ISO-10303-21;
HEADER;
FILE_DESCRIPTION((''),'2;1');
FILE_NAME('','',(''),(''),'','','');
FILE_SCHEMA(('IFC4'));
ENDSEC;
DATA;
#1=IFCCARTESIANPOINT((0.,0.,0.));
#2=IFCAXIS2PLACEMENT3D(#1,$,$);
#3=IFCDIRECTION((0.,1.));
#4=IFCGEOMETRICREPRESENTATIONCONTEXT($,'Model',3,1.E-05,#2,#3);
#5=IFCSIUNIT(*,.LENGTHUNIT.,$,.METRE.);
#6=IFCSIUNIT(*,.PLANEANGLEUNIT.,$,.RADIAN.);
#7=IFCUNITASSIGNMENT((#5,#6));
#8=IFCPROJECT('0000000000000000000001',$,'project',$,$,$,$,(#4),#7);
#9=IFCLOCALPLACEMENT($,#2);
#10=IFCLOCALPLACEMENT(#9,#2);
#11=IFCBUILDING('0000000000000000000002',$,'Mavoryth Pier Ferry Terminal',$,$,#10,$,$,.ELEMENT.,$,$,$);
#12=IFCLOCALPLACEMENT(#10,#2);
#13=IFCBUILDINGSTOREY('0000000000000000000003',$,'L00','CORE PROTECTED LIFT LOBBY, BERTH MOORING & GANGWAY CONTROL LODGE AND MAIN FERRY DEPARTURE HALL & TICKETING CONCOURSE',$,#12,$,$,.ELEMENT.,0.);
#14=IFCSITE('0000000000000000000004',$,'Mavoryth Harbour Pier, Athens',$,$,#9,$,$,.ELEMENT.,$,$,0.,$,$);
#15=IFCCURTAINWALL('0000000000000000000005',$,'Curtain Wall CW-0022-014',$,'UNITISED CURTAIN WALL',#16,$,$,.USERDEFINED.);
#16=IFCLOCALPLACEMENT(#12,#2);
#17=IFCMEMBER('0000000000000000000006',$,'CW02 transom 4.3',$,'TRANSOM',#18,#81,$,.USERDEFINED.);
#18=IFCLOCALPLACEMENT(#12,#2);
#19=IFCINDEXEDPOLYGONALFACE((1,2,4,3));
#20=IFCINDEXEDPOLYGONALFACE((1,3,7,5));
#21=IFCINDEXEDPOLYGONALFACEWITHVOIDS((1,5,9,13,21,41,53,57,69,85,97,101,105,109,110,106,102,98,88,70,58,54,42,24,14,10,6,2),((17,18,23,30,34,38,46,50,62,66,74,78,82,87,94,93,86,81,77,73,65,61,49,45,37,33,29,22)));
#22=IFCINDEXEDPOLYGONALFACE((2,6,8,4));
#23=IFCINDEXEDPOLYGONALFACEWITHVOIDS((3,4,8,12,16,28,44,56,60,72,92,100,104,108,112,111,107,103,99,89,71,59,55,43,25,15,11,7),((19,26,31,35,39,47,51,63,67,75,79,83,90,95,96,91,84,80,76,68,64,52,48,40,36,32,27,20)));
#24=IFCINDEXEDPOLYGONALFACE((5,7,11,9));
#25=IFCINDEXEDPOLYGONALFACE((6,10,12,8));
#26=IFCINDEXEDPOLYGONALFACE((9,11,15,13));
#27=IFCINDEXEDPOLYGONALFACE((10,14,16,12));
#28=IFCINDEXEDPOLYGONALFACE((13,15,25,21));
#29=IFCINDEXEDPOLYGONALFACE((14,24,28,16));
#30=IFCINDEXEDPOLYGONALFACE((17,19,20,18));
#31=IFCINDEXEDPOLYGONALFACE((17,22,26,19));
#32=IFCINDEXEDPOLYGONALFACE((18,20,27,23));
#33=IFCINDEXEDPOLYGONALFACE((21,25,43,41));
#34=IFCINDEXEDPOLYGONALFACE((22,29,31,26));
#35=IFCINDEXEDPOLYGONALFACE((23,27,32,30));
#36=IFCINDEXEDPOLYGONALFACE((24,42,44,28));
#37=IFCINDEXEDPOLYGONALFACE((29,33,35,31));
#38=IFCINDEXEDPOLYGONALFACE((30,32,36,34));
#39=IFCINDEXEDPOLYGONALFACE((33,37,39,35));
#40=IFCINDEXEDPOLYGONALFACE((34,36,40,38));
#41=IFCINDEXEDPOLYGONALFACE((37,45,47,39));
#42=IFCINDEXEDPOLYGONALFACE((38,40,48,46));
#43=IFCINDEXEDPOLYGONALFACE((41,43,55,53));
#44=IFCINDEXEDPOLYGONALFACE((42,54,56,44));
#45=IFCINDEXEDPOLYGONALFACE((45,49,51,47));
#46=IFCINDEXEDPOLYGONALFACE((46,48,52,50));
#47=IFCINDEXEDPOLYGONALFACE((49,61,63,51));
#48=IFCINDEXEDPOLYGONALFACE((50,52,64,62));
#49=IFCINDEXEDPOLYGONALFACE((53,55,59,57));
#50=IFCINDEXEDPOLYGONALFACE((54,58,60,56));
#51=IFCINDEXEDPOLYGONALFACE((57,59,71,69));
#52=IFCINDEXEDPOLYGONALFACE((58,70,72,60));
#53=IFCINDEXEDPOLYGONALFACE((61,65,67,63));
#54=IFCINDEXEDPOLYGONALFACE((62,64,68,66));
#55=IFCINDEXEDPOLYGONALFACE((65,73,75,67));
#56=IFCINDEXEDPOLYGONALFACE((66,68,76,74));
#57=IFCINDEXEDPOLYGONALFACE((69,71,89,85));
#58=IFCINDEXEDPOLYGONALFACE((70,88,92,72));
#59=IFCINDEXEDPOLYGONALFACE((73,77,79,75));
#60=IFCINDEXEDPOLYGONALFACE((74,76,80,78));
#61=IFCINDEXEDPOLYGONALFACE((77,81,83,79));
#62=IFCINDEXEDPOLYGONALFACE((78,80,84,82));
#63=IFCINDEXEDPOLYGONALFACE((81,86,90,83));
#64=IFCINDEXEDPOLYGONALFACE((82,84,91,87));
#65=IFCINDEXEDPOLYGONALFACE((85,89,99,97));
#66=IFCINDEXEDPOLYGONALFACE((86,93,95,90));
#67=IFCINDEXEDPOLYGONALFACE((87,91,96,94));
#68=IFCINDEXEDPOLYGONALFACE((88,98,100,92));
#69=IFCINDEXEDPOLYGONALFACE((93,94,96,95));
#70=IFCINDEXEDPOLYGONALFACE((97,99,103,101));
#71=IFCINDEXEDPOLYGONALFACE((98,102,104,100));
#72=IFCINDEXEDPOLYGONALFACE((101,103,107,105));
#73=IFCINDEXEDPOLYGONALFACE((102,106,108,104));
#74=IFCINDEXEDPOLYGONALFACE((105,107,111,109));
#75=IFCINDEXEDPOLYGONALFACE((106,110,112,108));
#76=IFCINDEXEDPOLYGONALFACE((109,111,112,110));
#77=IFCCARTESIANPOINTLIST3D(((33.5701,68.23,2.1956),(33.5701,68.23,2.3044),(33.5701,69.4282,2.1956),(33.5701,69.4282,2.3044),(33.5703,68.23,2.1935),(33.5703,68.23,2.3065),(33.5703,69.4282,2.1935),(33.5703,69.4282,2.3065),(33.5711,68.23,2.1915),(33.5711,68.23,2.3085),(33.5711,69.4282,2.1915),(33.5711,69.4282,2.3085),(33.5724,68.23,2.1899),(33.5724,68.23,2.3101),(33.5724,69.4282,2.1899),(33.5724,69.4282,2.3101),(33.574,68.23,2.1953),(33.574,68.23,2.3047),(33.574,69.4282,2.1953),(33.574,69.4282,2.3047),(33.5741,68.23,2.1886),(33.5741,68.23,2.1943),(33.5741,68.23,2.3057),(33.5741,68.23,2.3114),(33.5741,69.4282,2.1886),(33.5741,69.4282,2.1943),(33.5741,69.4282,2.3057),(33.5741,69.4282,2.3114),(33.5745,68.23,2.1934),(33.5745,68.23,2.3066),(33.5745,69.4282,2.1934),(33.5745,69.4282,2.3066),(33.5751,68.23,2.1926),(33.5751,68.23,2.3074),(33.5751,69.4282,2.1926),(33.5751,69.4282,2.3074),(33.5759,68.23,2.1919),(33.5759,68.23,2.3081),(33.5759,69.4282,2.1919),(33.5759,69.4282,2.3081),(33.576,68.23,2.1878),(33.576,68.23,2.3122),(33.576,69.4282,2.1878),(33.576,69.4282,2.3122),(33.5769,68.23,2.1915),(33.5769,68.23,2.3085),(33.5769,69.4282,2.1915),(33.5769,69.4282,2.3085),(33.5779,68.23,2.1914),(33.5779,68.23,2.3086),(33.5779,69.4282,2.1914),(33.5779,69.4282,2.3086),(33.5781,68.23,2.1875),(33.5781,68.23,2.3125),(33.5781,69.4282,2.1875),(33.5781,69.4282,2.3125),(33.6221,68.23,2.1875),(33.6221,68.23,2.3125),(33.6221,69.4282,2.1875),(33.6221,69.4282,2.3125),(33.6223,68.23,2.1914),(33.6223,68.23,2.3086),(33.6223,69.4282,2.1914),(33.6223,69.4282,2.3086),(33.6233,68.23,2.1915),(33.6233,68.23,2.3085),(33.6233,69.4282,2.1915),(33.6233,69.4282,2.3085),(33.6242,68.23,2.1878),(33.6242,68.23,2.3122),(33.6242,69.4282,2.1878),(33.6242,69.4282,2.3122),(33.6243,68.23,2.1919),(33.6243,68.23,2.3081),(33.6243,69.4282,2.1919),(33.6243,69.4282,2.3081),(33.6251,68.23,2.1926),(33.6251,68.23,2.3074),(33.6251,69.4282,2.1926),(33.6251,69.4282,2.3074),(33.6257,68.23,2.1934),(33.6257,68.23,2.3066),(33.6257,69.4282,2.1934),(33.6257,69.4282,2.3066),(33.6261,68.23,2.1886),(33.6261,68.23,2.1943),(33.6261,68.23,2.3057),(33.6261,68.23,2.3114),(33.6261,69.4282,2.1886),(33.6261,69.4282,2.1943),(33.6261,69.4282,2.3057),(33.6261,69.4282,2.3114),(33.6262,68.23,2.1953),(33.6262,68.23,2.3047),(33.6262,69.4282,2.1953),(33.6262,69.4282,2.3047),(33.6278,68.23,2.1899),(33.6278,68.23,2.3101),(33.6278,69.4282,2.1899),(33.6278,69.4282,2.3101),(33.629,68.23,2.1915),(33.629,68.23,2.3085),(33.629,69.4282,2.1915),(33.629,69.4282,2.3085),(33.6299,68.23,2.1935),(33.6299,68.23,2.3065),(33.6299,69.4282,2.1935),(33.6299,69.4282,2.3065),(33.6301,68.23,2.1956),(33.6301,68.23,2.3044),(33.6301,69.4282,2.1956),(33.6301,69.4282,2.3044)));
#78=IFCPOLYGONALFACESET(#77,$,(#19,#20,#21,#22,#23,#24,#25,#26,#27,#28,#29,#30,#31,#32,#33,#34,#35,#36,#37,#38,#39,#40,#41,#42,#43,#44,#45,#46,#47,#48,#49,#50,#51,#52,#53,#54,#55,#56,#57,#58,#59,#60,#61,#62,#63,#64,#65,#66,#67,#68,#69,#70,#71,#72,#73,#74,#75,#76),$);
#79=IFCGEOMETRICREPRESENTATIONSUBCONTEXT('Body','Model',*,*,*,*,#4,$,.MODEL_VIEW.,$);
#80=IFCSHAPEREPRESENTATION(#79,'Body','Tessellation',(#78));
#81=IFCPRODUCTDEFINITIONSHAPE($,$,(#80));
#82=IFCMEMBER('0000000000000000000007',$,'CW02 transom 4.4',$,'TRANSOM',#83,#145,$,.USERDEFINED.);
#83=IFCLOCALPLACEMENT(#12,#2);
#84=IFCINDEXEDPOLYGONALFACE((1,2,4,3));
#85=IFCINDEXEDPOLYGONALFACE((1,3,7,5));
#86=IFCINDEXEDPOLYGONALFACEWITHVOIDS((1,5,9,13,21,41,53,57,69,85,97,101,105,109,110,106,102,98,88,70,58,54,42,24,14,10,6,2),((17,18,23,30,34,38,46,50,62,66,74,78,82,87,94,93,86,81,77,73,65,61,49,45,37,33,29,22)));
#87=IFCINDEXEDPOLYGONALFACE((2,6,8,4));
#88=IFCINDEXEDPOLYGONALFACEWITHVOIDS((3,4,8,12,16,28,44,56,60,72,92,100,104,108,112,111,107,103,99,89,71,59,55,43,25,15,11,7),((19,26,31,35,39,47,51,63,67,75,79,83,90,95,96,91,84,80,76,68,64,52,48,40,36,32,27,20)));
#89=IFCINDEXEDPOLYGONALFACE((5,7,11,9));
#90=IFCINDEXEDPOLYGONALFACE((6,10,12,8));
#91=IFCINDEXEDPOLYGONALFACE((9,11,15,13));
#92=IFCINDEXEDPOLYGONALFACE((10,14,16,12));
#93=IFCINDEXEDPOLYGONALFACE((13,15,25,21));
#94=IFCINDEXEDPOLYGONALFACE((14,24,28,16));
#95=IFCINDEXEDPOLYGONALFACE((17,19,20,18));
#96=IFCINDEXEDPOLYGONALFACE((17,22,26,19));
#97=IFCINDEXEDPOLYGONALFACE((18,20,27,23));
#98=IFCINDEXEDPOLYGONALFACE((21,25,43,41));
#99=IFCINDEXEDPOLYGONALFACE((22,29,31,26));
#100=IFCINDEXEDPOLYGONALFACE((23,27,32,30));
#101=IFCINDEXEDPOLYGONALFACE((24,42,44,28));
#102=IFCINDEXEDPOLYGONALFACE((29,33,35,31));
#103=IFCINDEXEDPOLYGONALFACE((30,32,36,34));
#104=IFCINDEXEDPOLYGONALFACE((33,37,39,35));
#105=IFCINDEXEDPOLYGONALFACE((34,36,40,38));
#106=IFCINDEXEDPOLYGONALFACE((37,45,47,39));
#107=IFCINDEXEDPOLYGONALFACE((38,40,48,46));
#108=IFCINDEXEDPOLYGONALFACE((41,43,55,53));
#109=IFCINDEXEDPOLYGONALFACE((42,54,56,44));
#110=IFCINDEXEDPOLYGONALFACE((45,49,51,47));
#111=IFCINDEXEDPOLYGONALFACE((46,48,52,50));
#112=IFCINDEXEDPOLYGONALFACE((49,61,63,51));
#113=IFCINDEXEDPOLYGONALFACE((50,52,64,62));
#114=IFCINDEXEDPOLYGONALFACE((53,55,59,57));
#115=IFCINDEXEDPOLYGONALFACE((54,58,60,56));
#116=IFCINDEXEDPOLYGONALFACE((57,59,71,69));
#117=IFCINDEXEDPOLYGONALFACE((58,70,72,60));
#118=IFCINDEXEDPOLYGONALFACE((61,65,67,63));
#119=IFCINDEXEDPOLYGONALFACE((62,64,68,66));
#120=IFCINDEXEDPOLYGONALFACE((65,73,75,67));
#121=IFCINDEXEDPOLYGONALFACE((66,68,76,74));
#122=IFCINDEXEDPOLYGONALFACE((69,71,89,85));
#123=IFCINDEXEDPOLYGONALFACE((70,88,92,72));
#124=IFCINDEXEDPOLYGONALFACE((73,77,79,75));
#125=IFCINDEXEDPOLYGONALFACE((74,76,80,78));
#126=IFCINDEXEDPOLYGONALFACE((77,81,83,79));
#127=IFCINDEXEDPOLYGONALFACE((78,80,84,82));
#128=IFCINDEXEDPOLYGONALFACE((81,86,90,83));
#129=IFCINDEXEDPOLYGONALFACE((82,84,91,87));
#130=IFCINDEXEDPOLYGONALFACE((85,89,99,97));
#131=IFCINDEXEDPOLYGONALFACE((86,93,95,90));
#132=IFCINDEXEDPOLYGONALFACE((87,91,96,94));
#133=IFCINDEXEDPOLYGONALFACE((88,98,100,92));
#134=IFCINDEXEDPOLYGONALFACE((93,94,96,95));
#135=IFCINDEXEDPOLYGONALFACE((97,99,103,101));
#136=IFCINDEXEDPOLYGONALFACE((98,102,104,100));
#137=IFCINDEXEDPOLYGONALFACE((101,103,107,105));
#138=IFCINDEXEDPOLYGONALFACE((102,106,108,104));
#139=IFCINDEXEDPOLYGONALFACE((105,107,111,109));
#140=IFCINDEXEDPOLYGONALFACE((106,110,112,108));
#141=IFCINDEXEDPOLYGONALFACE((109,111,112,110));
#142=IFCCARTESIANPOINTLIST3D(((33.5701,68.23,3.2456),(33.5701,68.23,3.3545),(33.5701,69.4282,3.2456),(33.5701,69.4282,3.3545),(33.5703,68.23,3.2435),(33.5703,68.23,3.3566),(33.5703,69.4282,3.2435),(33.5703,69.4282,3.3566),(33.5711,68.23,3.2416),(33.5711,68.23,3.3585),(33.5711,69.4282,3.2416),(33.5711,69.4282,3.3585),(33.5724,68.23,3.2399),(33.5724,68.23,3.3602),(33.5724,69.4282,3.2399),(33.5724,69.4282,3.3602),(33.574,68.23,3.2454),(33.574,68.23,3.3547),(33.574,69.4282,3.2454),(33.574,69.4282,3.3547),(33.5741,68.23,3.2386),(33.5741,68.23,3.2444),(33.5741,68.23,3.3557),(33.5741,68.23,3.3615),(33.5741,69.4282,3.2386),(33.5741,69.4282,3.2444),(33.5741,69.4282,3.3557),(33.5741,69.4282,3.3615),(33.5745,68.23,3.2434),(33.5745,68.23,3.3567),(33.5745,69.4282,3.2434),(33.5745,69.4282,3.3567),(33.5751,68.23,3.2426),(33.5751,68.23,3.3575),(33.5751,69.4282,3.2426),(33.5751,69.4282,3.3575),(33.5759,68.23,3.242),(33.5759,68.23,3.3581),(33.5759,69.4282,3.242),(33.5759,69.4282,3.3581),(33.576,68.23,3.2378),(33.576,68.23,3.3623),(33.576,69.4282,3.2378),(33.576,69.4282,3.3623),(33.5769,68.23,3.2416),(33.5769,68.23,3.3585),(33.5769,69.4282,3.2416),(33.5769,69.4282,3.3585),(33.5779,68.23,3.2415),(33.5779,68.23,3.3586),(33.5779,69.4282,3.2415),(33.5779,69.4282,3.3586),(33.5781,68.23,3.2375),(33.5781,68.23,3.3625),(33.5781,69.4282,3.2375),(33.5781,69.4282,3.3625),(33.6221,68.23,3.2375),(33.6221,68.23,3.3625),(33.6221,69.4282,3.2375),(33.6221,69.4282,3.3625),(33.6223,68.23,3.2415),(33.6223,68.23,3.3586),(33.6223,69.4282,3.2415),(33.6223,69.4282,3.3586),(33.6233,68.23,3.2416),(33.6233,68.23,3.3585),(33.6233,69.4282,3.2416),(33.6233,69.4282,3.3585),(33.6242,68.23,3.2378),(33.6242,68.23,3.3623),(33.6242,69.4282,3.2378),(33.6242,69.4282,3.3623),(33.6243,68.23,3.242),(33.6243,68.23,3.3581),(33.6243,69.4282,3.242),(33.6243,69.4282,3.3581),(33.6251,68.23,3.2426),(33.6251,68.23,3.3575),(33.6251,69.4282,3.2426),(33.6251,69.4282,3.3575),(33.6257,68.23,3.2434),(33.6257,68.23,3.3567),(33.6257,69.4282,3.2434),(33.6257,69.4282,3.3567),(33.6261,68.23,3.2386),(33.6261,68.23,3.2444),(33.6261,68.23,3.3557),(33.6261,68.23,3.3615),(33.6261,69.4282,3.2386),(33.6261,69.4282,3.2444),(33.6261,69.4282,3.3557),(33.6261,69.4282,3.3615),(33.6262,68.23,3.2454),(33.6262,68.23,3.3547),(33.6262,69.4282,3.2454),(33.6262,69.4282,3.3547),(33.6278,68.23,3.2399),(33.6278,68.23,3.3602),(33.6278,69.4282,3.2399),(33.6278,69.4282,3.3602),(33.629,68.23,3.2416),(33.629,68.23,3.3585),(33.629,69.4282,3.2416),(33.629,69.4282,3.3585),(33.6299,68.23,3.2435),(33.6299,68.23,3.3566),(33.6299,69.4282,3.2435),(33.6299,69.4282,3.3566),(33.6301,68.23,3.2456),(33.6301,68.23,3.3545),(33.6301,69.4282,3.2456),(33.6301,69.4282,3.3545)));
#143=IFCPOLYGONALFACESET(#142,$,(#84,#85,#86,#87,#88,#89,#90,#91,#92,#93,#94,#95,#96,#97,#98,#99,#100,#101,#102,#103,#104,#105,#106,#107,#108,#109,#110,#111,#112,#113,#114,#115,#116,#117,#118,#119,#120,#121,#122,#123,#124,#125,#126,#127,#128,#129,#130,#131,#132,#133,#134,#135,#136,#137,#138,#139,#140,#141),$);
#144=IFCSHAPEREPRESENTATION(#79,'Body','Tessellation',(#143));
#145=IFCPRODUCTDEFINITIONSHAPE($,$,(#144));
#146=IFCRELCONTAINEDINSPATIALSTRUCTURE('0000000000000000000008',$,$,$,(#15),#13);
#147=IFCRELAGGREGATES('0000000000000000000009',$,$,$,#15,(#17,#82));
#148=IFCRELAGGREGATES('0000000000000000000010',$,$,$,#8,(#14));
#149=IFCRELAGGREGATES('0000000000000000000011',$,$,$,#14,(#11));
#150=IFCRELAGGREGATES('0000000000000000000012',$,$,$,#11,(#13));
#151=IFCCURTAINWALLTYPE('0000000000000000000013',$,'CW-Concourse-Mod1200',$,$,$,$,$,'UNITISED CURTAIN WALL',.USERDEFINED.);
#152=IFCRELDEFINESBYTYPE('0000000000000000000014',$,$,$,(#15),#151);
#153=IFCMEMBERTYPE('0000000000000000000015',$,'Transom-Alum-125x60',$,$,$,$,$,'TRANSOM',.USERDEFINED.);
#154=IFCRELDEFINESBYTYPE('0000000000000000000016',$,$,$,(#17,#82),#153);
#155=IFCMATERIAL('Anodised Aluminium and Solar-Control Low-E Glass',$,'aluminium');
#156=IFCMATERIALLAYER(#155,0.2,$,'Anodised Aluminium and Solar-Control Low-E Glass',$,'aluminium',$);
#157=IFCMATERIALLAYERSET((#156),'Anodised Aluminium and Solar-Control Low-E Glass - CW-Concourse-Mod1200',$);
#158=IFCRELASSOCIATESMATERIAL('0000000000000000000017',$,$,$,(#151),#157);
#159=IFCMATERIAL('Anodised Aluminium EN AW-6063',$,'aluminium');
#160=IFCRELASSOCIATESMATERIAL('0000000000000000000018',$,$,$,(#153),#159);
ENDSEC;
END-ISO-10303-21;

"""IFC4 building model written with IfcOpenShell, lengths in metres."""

from ifc_helpers import new_model, si_unit, direction, frame, origin, origin_2d, place, context, subcontext, project, spatial, hollow_rectangle, extrude, material, layer, layer_set, material_profile, profile_set, type_object, element, aggregate, save


model = new_model("IFC4")

# Units and contexts
model_context = context("Model", 3, precision=1e-05, world=origin(), true_north=direction((0.0, 1.0)))
body_context = subcontext(model_context, "Body", "Model", "MODEL_VIEW")
ifc_project = project(units=[si_unit("LENGTHUNIT", "METRE"), si_unit("PLANEANGLEUNIT", "RADIAN")], contexts=[model_context])

# Site, building, storey
site_placement = place(None, origin())
site = spatial("IfcSite", under=ifc_project, at=site_placement, Name="Mavoryth Harbour Pier, Athens", CompositionType="ELEMENT", RefElevation=0.0)
building_placement = place(site_placement, origin())
building = spatial("IfcBuilding", under=site, at=building_placement, Name="Mavoryth Pier Ferry Terminal", CompositionType="ELEMENT")
storey_placement = place(building_placement, origin())
storey = spatial("IfcBuildingStorey", under=building, at=storey_placement, Name="L00", Description="CORE PROTECTED LIFT LOBBY, BERTH MOORING & GANGWAY CONTROL LODGE AND MAIN FERRY DEPARTURE HALL & TICKETING CONCOURSE", CompositionType="ELEMENT", Elevation=0.0)

# Curtain wall, members
ifc_material_1 = material(Name="Anodised Aluminium and Solar-Control Low-E Glass", Category="aluminium")
ifc_layer_1 = layer(ifc_material_1, 0.2, Name="Anodised Aluminium and Solar-Control Low-E Glass", Category="aluminium")
ifc_layer_set_1 = layer_set([ifc_layer_1], Name="Anodised Aluminium and Solar-Control Low-E Glass - CW-Concourse-Mod1200")
curtain_wall_type = type_object("IfcCurtainWallType", Name="CW-Concourse-Mod1200", ElementType="UNITISED CURTAIN WALL", PredefinedType="USERDEFINED", material=ifc_layer_set_1)
curtain_wall_placement = place(storey_placement, origin())
curtain_wall = element("IfcCurtainWall", 1, at=curtain_wall_placement, inside=storey, type_object=curtain_wall_type, Name="Curtain Wall CW-0022-014", ObjectType="UNITISED CURTAIN WALL", PredefinedType="USERDEFINED")
ifc_material_2 = material(Name="Anodised Aluminium EN AW-6063", Category="aluminium")
ifc_material_profile_1 = material_profile(ifc_material_2, hollow_rectangle(XDim=0.0601, YDim=0.125, WallThickness=0.0039, InnerFilletRadius=0.0039, OuterFilletRadius=0.0081, at=origin_2d()), Name="AL-TRAN 125x60x4", Category="aluminium")
ifc_profile_set_1 = profile_set([ifc_material_profile_1], Name="Anodised Aluminium EN AW-6063 - AL-TRAN 125x60x4")
member_type_1 = type_object("IfcMemberType", Name="Transom-Alum-125x60", ElementType="TRANSOM", PredefinedType="USERDEFINED", material=ifc_profile_set_1)
member_1_placement = place(storey_placement, frame((33.6001, 68.23, 2.25), z_axis=(0.0, 1.0, 0.0), x_axis=(-1.0, 0.0, 0.0)))
member_1 = element("IfcMember", 2, at=member_1_placement, type_object=member_type_1, Name="CW02 transom 4.3", ObjectType="TRANSOM", PredefinedType="USERDEFINED", context=body_context, shape_type="SweptSolid", body=[
    extrude(hollow_rectangle(XDim=0.0601, YDim=0.125, WallThickness=0.0039, InnerFilletRadius=0.0039, OuterFilletRadius=0.0081, at=origin_2d()), origin(), (0.0, 0.0, 1.0), 1.1982),
])
member_2_placement = place(storey_placement, frame((33.6001, 68.23, 3.3), z_axis=(0.0, 1.0, 0.0), x_axis=(-1.0, 0.0, 0.0)))
member_2 = element("IfcMember", 3, at=member_2_placement, type_object=member_type_1, Name="CW02 transom 4.4", ObjectType="TRANSOM", PredefinedType="USERDEFINED", context=body_context, shape_type="SweptSolid", body=[
    extrude(hollow_rectangle(XDim=0.0601, YDim=0.125, WallThickness=0.0039, InnerFilletRadius=0.0039, OuterFilletRadius=0.0081, at=origin_2d()), origin(), (0.0, 0.0, 1.0), 1.1982),
])
aggregate(curtain_wall, [member_1, member_2])

save(model, "model.ifc")
